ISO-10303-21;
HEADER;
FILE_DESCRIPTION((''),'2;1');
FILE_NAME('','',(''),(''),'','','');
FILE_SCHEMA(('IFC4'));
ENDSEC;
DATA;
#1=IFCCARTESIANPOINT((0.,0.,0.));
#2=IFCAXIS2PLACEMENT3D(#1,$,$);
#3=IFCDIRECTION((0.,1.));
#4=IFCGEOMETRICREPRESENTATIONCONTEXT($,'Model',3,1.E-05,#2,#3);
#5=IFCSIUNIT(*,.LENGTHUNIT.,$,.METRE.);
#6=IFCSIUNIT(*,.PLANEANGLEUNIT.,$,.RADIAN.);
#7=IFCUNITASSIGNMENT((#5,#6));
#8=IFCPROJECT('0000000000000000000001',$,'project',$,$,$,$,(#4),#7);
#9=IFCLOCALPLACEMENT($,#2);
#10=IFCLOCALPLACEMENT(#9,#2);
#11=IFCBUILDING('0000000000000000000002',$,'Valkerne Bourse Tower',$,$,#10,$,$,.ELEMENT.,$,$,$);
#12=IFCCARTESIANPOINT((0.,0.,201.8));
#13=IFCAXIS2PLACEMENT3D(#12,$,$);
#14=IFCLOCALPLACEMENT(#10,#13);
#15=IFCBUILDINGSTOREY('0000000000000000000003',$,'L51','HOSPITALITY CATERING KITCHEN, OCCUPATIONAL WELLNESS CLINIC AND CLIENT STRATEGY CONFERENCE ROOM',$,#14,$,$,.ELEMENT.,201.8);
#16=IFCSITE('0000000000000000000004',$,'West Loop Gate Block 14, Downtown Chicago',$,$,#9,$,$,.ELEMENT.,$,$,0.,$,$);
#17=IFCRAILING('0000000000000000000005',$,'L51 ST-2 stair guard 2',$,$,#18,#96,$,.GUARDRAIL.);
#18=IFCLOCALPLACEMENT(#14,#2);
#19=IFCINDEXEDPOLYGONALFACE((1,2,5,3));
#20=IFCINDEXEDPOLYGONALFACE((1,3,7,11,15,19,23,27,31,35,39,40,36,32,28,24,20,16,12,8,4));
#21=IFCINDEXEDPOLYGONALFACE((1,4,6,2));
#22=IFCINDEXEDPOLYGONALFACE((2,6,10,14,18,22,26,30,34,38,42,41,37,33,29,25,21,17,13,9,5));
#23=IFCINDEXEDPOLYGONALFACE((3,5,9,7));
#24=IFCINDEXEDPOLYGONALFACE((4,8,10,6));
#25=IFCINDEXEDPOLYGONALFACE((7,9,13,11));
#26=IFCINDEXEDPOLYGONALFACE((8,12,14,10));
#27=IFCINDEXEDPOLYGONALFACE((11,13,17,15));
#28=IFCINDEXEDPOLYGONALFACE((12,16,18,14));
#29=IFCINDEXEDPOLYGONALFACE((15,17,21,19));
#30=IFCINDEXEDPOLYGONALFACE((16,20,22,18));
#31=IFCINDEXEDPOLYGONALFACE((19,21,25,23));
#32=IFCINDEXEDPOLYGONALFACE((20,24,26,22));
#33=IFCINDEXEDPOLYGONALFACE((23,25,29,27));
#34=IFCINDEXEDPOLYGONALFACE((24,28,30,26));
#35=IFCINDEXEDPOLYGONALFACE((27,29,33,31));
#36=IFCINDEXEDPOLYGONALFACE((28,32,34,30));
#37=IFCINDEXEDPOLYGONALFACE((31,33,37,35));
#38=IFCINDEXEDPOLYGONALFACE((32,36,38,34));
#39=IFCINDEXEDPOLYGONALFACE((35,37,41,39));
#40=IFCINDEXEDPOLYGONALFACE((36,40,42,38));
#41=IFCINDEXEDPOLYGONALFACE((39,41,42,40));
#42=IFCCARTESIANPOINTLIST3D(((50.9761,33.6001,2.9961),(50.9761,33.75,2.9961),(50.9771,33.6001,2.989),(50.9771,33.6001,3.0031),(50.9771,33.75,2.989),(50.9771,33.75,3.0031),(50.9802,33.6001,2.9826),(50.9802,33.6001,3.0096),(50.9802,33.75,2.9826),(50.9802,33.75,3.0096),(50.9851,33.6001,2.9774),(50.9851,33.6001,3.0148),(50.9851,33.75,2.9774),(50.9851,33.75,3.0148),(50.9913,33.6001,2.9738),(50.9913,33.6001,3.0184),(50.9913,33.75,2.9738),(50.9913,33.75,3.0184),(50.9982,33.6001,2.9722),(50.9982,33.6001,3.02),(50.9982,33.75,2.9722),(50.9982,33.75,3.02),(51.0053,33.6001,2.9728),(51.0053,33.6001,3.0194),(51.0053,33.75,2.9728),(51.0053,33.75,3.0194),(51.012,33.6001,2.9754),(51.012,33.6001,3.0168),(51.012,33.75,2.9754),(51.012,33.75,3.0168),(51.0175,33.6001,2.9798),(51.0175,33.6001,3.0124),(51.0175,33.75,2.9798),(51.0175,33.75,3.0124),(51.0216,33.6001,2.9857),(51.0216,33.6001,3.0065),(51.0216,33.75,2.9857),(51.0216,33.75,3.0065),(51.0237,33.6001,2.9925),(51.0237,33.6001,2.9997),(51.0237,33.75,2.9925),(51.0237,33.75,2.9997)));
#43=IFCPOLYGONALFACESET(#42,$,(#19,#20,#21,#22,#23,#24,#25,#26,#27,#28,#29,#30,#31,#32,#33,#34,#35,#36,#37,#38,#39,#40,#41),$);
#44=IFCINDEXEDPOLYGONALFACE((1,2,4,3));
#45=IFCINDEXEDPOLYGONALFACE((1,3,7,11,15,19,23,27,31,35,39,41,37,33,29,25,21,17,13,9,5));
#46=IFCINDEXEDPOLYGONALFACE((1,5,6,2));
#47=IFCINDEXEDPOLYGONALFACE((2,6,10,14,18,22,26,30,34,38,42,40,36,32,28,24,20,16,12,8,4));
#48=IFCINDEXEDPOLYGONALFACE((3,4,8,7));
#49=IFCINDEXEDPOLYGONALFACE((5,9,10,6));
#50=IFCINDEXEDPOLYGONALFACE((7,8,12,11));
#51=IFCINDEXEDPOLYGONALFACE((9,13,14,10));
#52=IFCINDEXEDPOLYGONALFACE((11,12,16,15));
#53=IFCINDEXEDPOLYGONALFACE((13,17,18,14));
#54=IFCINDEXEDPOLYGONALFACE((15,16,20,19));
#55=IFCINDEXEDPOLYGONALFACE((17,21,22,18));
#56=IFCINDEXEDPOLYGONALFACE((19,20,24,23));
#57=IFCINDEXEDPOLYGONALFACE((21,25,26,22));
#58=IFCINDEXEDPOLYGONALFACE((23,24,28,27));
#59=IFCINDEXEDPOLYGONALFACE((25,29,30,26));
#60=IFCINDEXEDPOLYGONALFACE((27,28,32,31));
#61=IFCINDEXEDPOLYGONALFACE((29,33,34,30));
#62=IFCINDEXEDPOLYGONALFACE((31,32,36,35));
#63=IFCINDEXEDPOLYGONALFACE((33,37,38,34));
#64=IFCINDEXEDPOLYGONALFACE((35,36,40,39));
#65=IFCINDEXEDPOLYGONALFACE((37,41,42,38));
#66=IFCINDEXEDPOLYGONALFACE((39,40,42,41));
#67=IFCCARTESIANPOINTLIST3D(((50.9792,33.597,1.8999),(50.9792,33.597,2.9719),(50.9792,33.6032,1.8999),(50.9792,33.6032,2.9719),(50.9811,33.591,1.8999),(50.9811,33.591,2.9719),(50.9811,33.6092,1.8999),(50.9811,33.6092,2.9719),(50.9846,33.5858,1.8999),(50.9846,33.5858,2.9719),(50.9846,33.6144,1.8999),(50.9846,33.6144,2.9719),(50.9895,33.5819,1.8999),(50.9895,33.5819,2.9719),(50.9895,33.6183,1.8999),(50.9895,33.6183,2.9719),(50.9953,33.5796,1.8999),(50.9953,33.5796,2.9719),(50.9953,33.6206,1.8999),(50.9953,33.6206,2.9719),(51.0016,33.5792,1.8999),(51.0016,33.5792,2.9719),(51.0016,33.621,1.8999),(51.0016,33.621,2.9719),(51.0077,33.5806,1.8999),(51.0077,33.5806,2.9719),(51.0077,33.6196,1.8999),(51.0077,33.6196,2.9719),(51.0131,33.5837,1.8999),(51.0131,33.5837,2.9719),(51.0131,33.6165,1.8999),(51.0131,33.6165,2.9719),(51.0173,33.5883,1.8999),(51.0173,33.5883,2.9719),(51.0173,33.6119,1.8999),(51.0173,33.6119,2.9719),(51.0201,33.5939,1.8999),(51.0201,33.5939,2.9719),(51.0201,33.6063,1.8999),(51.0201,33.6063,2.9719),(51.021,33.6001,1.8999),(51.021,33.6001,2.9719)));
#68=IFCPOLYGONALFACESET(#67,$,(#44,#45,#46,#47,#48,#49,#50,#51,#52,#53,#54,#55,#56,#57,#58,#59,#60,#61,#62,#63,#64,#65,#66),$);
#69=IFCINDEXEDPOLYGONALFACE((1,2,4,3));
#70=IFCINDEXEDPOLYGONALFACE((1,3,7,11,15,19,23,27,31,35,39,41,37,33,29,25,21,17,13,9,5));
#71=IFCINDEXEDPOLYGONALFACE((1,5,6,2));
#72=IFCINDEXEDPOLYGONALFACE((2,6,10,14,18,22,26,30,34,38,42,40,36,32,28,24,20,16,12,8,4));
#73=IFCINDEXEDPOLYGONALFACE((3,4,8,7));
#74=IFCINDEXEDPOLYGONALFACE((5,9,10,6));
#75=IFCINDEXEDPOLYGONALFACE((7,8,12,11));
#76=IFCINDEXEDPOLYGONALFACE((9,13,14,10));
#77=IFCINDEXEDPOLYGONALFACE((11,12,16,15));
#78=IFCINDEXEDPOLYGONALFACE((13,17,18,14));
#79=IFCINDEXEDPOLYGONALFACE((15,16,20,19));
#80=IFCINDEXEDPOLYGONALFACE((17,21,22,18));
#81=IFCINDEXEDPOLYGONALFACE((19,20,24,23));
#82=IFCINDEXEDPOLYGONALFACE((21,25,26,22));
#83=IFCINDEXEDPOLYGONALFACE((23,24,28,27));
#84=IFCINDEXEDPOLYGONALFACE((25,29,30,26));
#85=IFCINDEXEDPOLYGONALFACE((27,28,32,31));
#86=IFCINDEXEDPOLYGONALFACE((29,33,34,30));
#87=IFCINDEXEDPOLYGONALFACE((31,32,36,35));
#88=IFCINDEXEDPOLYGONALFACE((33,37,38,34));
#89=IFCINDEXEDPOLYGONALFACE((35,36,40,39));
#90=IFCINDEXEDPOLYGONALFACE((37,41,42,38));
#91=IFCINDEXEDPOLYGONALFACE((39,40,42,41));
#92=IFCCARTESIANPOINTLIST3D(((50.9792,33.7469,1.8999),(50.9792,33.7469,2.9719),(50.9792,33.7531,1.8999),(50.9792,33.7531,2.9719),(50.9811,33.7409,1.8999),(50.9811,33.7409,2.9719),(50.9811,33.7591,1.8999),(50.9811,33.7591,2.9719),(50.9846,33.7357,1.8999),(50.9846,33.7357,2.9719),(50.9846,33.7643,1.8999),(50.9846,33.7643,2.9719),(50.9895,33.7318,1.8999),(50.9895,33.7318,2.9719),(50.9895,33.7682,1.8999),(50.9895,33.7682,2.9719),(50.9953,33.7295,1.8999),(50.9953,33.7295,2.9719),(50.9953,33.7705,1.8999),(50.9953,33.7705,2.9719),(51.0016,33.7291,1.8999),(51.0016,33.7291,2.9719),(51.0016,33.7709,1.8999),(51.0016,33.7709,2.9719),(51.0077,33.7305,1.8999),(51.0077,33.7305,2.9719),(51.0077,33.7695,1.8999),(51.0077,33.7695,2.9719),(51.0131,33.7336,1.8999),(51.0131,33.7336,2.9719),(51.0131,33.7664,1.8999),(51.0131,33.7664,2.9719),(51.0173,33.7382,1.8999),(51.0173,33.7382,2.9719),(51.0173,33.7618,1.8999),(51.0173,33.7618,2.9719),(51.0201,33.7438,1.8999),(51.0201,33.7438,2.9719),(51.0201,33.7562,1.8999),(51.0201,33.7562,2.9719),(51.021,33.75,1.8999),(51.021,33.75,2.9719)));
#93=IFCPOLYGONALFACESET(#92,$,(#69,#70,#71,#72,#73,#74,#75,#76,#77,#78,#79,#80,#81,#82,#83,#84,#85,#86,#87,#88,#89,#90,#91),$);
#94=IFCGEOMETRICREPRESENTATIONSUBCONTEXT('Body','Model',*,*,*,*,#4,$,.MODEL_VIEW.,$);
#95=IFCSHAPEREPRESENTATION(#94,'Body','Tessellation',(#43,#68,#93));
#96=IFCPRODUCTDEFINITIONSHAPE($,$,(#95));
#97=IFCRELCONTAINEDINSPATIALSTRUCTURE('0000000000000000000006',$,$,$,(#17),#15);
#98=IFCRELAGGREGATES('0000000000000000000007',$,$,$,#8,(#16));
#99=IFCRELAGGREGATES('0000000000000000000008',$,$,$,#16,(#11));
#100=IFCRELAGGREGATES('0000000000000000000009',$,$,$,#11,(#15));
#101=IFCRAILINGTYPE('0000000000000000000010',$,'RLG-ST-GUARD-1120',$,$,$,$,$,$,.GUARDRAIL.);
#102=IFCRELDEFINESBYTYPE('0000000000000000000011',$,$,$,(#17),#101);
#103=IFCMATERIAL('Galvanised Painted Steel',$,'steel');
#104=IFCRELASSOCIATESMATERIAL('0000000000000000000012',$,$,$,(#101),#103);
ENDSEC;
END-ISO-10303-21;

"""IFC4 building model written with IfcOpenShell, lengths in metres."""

from ifc_helpers import new_model, si_unit, direction, frame, origin, origin_2d, place, context, subcontext, project, spatial, circle, extrude, material, type_object, element, save


model = new_model("IFC4")

# Units and contexts
model_context = context("Model", 3, precision=1e-05, world=origin(), true_north=direction((0.0, 1.0)))
body_context = subcontext(model_context, "Body", "Model", "MODEL_VIEW")
ifc_project = project(units=[si_unit("LENGTHUNIT", "METRE"), si_unit("PLANEANGLEUNIT", "RADIAN")], contexts=[model_context])

# Site, building, storey
site_placement = place(None, origin())
site = spatial("IfcSite", under=ifc_project, at=site_placement, Name="West Loop Gate Block 14, Downtown Chicago", CompositionType="ELEMENT", RefElevation=0.0)
building_placement = place(site_placement, origin())
building = spatial("IfcBuilding", under=site, at=building_placement, Name="Valkerne Bourse Tower", CompositionType="ELEMENT")
storey_placement = place(building_placement, frame((0.0, 0.0, 201.8)))
storey = spatial("IfcBuildingStorey", under=building, at=storey_placement, Name="L51", Description="HOSPITALITY CATERING KITCHEN, OCCUPATIONAL WELLNESS CLINIC AND CLIENT STRATEGY CONFERENCE ROOM", CompositionType="ELEMENT", Elevation=201.8)

# Railing
ifc_material_1 = material(Name="Galvanised Painted Steel", Category="steel")
railing_type = type_object("IfcRailingType", Name="RLG-ST-GUARD-1120", PredefinedType="GUARDRAIL", material=ifc_material_1)
railing_1_placement = place(storey_placement, frame((51.0, 33.6001, 1.8999)))
element("IfcRailing", 1, at=railing_1_placement, inside=storey, type_object=railing_type, Name="L51 ST-2 stair guard 2", PredefinedType="GUARDRAIL", context=body_context, shape_type="SweptSolid", body=[
    extrude(circle(Radius=0.0239, at=origin_2d()), frame((0.0, 0.0, 1.0962), z_axis=(0.0, 1.0, 0.0), x_axis=(-1.0, 0.0, 0.0)), (0.0, 0.0, 1.0), 0.1499),
    extrude(circle(Radius=0.021, at=origin_2d()), origin(), (0.0, 0.0, 1.0), 1.072),
    extrude(circle(Radius=0.021, at=origin_2d()), frame((0.0, 0.1499, 0.0)), (0.0, 0.0, 1.0), 1.072),
])

save(model, "model.ifc")
